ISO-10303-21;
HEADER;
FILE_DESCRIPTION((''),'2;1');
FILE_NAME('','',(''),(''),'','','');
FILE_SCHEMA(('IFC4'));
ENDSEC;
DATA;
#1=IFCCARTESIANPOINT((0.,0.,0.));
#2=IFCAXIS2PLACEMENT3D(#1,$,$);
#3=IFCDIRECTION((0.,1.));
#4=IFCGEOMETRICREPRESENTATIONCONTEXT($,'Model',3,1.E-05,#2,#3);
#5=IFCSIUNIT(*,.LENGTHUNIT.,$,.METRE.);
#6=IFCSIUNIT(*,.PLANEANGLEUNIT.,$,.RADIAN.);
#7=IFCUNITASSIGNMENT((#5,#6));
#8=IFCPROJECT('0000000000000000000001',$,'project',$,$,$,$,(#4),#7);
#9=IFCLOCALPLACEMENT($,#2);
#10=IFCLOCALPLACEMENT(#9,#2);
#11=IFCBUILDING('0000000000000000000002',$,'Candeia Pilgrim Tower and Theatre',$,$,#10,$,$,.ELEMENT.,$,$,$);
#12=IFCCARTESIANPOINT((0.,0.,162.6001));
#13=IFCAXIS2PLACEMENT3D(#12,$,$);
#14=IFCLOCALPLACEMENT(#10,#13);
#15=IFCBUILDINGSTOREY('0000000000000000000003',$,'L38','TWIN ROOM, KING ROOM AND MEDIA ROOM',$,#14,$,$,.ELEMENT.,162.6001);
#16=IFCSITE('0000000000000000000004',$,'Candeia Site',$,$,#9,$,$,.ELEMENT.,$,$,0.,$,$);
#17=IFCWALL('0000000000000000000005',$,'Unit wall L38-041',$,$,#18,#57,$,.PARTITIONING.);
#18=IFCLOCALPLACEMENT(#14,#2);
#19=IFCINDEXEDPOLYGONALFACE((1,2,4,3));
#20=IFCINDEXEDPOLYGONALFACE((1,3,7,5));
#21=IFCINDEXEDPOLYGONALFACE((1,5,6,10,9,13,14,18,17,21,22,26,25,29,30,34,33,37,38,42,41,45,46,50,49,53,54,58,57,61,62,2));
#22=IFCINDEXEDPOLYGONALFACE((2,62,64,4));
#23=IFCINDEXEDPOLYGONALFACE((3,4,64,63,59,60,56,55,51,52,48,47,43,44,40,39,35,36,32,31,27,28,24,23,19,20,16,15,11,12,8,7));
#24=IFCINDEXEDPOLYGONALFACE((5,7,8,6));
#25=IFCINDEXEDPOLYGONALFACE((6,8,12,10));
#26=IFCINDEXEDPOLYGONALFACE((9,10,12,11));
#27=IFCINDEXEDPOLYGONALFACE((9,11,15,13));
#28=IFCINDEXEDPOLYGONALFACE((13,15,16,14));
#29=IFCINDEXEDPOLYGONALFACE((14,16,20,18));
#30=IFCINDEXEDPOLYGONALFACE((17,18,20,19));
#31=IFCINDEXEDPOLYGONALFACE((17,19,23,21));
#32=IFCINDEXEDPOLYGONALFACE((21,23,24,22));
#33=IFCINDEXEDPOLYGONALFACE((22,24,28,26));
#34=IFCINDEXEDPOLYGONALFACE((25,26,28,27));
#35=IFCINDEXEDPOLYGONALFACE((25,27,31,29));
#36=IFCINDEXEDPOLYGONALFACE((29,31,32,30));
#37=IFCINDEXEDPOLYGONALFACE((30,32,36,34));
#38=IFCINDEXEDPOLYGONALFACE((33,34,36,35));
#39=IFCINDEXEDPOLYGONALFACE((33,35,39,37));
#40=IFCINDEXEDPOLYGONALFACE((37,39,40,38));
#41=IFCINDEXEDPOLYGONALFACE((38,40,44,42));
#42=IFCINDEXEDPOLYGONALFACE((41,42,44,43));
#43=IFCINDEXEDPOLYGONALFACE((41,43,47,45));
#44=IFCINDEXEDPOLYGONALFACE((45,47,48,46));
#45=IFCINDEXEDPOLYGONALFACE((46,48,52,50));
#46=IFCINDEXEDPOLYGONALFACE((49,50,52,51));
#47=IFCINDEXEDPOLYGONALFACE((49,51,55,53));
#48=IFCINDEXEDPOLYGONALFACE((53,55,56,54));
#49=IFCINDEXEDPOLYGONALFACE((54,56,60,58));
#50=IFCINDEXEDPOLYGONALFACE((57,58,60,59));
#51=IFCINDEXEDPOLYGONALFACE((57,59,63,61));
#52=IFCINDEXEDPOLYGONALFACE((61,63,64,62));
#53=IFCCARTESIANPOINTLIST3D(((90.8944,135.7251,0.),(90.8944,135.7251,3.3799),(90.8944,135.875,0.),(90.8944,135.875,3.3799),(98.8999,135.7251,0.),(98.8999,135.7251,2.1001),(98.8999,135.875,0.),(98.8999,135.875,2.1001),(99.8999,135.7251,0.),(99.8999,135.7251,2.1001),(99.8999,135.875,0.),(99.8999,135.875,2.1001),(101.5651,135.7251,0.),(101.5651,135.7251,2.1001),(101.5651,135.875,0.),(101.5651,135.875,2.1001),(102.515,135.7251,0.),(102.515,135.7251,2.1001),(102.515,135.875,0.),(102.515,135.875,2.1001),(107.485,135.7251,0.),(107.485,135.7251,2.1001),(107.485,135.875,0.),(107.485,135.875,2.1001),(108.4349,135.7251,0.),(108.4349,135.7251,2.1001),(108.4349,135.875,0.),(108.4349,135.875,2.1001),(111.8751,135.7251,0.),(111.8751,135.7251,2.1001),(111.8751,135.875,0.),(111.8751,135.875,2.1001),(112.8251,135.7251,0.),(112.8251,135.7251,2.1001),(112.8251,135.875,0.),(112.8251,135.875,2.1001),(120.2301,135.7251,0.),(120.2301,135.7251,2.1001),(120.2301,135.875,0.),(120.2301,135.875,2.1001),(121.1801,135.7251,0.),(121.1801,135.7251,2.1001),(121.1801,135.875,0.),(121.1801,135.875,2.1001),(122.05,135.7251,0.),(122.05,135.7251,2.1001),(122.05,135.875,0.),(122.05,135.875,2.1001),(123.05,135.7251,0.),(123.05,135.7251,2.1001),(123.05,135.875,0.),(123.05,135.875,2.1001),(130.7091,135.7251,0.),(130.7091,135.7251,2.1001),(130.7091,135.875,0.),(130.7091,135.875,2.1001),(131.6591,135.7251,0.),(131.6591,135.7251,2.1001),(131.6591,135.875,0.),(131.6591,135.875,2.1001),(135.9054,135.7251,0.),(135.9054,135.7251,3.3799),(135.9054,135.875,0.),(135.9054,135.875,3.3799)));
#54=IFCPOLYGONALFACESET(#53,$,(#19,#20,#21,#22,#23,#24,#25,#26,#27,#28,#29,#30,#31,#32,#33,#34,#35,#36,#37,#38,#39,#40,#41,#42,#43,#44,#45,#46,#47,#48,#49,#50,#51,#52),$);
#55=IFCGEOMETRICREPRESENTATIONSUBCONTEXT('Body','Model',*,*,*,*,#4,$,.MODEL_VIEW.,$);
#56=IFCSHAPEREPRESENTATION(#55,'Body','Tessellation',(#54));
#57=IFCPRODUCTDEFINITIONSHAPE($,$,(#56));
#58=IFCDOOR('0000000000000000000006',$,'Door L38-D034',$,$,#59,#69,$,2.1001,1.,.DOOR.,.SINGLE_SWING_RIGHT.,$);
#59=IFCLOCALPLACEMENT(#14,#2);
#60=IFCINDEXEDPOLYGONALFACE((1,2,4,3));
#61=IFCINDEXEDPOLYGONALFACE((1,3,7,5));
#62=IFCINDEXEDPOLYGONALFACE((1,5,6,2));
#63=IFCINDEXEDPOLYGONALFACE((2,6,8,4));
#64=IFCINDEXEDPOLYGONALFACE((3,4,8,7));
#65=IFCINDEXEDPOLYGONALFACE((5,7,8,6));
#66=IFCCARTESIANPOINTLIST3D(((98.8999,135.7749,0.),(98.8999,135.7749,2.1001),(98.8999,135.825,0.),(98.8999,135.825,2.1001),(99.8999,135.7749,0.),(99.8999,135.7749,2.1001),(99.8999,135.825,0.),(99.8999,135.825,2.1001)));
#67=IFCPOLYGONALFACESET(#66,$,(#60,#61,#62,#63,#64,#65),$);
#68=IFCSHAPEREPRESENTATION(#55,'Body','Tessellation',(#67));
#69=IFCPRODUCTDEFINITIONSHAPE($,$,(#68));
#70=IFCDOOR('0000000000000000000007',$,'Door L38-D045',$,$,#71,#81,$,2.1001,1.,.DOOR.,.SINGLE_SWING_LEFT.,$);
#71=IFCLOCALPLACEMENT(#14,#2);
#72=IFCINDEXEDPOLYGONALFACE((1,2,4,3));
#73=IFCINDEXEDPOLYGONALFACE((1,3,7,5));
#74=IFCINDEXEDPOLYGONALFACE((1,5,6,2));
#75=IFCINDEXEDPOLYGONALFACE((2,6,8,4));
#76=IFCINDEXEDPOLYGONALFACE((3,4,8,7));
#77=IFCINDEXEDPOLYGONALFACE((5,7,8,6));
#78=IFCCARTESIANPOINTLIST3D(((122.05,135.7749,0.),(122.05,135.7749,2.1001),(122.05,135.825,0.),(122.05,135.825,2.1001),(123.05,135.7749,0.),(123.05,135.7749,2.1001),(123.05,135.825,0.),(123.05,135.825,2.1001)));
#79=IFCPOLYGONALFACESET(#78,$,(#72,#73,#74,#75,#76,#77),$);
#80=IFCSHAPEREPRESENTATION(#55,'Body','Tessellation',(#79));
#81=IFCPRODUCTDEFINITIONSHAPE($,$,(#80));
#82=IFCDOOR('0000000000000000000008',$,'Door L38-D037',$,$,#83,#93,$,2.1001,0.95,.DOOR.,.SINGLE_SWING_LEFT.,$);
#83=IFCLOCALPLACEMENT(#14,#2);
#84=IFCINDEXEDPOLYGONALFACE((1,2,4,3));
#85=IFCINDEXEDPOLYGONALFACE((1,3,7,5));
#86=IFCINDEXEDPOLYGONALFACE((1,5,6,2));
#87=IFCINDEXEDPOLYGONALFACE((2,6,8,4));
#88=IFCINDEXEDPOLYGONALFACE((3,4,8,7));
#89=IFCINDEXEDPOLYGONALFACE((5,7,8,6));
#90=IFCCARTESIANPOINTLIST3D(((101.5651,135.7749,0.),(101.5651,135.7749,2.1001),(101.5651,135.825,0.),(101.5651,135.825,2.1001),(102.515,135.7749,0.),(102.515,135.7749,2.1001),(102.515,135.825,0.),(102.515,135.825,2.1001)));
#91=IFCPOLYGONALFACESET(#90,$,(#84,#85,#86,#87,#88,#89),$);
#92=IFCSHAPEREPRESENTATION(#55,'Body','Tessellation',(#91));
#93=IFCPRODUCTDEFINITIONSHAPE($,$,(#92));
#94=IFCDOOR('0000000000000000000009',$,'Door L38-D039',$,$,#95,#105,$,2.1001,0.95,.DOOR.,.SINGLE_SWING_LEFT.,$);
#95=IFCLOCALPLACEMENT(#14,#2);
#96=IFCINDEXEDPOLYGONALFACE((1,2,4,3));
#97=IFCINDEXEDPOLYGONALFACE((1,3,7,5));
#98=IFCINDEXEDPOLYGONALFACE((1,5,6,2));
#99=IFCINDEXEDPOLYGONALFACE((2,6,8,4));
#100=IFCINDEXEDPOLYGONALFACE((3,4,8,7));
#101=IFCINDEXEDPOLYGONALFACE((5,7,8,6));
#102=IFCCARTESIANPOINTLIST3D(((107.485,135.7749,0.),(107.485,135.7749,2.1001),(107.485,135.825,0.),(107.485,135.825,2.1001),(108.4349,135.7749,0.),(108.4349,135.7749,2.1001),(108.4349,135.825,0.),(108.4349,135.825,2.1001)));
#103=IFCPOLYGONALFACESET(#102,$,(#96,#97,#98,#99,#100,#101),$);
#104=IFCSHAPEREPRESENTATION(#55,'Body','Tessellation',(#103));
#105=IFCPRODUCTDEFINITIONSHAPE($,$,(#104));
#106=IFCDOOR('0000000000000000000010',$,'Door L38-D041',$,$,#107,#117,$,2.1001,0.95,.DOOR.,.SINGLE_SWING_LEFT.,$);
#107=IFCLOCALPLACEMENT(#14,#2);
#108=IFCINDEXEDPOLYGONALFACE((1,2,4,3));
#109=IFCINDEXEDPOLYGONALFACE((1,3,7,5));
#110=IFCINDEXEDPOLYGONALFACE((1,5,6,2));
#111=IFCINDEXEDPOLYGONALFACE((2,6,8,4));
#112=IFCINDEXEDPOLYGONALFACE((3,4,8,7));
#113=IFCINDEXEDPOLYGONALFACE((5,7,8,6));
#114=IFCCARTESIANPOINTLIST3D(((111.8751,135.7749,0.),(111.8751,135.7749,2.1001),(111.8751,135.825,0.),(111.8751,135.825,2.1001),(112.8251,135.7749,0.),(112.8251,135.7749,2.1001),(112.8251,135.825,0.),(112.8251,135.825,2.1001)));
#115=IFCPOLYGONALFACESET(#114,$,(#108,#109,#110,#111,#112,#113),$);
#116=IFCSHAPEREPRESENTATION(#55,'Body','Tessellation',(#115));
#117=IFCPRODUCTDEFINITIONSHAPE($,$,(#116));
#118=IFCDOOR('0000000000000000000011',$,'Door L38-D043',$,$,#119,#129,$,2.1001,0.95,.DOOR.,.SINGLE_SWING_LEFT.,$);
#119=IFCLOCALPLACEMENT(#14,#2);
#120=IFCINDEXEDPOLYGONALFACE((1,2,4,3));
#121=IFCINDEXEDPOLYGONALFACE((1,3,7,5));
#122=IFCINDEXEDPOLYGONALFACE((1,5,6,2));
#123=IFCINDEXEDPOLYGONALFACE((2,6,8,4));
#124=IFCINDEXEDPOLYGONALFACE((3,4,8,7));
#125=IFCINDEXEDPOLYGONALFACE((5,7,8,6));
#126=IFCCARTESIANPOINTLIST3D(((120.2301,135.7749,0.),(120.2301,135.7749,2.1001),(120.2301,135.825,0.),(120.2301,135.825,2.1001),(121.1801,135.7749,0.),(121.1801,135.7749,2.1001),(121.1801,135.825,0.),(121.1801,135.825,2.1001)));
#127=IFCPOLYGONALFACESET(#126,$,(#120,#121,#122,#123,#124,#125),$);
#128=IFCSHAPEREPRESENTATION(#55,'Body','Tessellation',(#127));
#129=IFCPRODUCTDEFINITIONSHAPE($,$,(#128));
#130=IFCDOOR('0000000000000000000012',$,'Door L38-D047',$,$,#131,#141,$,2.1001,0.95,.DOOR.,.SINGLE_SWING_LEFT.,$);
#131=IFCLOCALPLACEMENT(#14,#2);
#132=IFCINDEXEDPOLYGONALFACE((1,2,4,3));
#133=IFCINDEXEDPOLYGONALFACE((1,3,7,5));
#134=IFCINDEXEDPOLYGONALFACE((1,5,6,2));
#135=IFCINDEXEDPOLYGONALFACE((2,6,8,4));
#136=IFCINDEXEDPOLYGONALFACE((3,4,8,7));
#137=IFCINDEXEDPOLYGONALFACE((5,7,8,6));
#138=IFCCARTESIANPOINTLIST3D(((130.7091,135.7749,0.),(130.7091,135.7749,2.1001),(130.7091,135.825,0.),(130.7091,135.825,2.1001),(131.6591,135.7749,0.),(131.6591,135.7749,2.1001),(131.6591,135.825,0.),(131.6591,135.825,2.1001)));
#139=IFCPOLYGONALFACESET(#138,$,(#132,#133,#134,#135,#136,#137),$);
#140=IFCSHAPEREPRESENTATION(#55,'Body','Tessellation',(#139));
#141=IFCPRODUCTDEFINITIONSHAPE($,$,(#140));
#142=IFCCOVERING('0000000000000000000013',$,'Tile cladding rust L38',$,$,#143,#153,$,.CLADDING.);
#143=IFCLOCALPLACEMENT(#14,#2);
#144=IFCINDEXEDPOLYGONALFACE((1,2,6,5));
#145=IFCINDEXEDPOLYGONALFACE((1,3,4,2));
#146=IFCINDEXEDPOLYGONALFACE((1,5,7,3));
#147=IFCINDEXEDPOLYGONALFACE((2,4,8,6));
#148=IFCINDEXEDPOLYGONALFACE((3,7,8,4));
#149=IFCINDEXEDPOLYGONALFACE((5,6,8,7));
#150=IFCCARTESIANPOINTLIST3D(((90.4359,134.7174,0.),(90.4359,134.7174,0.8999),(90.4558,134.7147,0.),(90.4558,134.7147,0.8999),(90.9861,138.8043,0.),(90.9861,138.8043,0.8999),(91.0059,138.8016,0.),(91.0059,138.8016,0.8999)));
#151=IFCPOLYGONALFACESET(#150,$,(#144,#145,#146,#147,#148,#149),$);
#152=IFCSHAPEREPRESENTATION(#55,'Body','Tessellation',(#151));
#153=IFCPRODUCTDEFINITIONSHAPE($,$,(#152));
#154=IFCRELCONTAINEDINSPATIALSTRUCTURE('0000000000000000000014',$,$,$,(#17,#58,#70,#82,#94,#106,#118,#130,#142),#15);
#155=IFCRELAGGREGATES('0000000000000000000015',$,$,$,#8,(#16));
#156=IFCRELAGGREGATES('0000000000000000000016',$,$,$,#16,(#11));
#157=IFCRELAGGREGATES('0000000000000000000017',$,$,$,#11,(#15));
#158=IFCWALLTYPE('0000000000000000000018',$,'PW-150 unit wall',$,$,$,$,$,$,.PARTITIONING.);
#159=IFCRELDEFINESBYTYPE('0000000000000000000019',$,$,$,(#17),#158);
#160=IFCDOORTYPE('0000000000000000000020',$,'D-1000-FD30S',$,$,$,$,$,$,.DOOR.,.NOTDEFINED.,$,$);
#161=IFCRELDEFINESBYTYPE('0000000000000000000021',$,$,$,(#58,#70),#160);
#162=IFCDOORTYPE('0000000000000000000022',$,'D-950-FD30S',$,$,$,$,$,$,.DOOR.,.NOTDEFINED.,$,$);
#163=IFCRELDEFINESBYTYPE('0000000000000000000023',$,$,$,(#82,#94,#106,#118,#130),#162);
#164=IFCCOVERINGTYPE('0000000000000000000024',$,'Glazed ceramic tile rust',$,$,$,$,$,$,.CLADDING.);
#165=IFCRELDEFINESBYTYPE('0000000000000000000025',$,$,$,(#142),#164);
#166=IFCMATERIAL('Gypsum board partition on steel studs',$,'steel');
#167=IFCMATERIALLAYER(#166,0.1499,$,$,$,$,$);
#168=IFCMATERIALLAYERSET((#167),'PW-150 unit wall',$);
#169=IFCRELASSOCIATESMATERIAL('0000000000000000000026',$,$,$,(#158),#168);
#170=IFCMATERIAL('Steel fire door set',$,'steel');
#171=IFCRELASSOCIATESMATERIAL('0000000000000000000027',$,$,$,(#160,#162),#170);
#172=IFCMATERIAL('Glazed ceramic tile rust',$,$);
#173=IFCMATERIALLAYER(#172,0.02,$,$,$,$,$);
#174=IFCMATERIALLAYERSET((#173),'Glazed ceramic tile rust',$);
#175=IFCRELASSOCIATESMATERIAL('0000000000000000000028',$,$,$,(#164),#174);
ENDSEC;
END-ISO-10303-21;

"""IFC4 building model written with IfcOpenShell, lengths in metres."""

from ifc_helpers import new_model, si_unit, direction, frame, frame_2d, origin, origin_2d, place, context, subcontext, project, spatial, rectangle, extrude, material, layer, layer_set, type_object, element, fill, save


model = new_model("IFC4")

# Units and contexts
model_context = context("Model", 3, precision=1e-05, world=origin(), true_north=direction((0.0, 1.0)))
body_context = subcontext(model_context, "Body", "Model", "MODEL_VIEW")
ifc_project = project(units=[si_unit("LENGTHUNIT", "METRE"), si_unit("PLANEANGLEUNIT", "RADIAN")], contexts=[model_context])

# Site, building, storey
site_placement = place(None, origin())
site = spatial("IfcSite", under=ifc_project, at=site_placement, Name="Candeia Site", CompositionType="ELEMENT", RefElevation=0.0)
building_placement = place(site_placement, origin())
building = spatial("IfcBuilding", under=site, at=building_placement, Name="Candeia Pilgrim Tower and Theatre", CompositionType="ELEMENT")
storey_placement = place(building_placement, frame((0.0, 0.0, 162.6001)))
storey = spatial("IfcBuildingStorey", under=building, at=storey_placement, Name="L38", Description="TWIN ROOM, KING ROOM AND MEDIA ROOM", CompositionType="ELEMENT", Elevation=162.6001)

# Shared definitions
ifc_material_1 = material(Name="Gypsum board partition on steel studs", Category="steel")

# Wall, openings, doors
ifc_layer_1 = layer(ifc_material_1, 0.1499)
ifc_layer_set_1 = layer_set([ifc_layer_1], Name="PW-150 unit wall")
wall_type_1 = type_object("IfcWallType", Name="PW-150 unit wall", PredefinedType="PARTITIONING", material=ifc_layer_set_1)
wall_1_placement = place(storey_placement, frame((90.8945, 135.8, 0.0), z_axis=(0.0, 0.0, 1.0), x_axis=(1.0, 0.0, 0.0)))
wall_1 = element("IfcWall", 1, at=wall_1_placement, inside=storey, type_object=wall_type_1, Name="Unit wall L38-041", PredefinedType="PARTITIONING", context=body_context, shape_type="SweptSolid", body=[
    extrude(rectangle(XDim=45.011, YDim=0.1499, at=frame_2d((22.5054, 0.0))), origin(), (0.0, 0.0, 1.0), 3.3799),
])
opening_1_placement = place(wall_1_placement, frame((8.0054, 0.0, 0.0)))
opening_1 = element("IfcOpeningElement", 2, at=opening_1_placement, cuts=wall_1, PredefinedType="OPENING", context=body_context, shape_type="SweptSolid", body=[
    extrude(rectangle(XDim=1.0, YDim=2.1001, at=frame_2d((0.5, 1.05))), frame((0.0, 0.085, 0.0), z_axis=(0.0, -1.0, 0.0), x_axis=(1.0, 0.0, 0.0)), (0.0, 0.0, 1.0), 0.1699),
])
opening_2_placement = place(wall_1_placement, frame((10.6704, 0.0, 0.0)))
opening_2 = element("IfcOpeningElement", 3, at=opening_2_placement, cuts=wall_1, PredefinedType="OPENING", context=body_context, shape_type="SweptSolid", body=[
    extrude(rectangle(XDim=0.95, YDim=2.1001, at=frame_2d((0.4751, 1.05))), frame((0.0, 0.085, 0.0), z_axis=(0.0, -1.0, 0.0), x_axis=(1.0, 0.0, 0.0)), (0.0, 0.0, 1.0), 0.1699),
])
opening_3_placement = place(wall_1_placement, frame((16.5903, 0.0, 0.0)))
opening_3 = element("IfcOpeningElement", 4, at=opening_3_placement, cuts=wall_1, PredefinedType="OPENING", context=body_context, shape_type="SweptSolid", body=[
    extrude(rectangle(XDim=0.95, YDim=2.1001, at=frame_2d((0.4751, 1.05))), frame((0.0, 0.085, 0.0), z_axis=(0.0, -1.0, 0.0), x_axis=(1.0, 0.0, 0.0)), (0.0, 0.0, 1.0), 0.1699),
])
opening_4_placement = place(wall_1_placement, frame((20.9805, 0.0, 0.0)))
opening_4 = element("IfcOpeningElement", 5, at=opening_4_placement, cuts=wall_1, PredefinedType="OPENING", context=body_context, shape_type="SweptSolid", body=[
    extrude(rectangle(XDim=0.95, YDim=2.1001, at=frame_2d((0.4751, 1.05))), frame((0.0, 0.085, 0.0), z_axis=(0.0, -1.0, 0.0), x_axis=(1.0, 0.0, 0.0)), (0.0, 0.0, 1.0), 0.1699),
])
opening_5_placement = place(wall_1_placement, frame((29.3354, 0.0, 0.0)))
opening_5 = element("IfcOpeningElement", 6, at=opening_5_placement, cuts=wall_1, PredefinedType="OPENING", context=body_context, shape_type="SweptSolid", body=[
    extrude(rectangle(XDim=0.95, YDim=2.1001, at=frame_2d((0.4751, 1.05))), frame((0.0, 0.085, 0.0), z_axis=(0.0, -1.0, 0.0), x_axis=(1.0, 0.0, 0.0)), (0.0, 0.0, 1.0), 0.1699),
])
opening_6_placement = place(wall_1_placement, frame((31.1555, 0.0, 0.0)))
opening_6 = element("IfcOpeningElement", 7, at=opening_6_placement, cuts=wall_1, PredefinedType="OPENING", context=body_context, shape_type="SweptSolid", body=[
    extrude(rectangle(XDim=1.0, YDim=2.1001, at=frame_2d((0.5, 1.05))), frame((0.0, 0.085, 0.0), z_axis=(0.0, -1.0, 0.0), x_axis=(1.0, 0.0, 0.0)), (0.0, 0.0, 1.0), 0.1699),
])
opening_7_placement = place(wall_1_placement, frame((39.8145, 0.0, 0.0)))
opening_7 = element("IfcOpeningElement", 8, at=opening_7_placement, cuts=wall_1, PredefinedType="OPENING", context=body_context, shape_type="SweptSolid", body=[
    extrude(rectangle(XDim=0.95, YDim=2.1001, at=frame_2d((0.4751, 1.05))), frame((0.0, 0.085, 0.0), z_axis=(0.0, -1.0, 0.0), x_axis=(1.0, 0.0, 0.0)), (0.0, 0.0, 1.0), 0.1699),
])
ifc_material_2 = material(Name="Steel fire door set", Category="steel")
door_type_1 = type_object("IfcDoorType", Name="D-1000-FD30S", OperationType="NOTDEFINED", PredefinedType="DOOR", material=ifc_material_2)
door_1_placement = place(opening_1_placement, origin())
door_1 = element("IfcDoor", 9, at=door_1_placement, inside=storey, type_object=door_type_1, Name="Door L38-D034", OperationType="SINGLE_SWING_RIGHT", OverallHeight=2.1001, OverallWidth=1.0, PredefinedType="DOOR", context=body_context, shape_type="SweptSolid", body=[
    extrude(rectangle(XDim=1.0, YDim=2.1001, at=frame_2d((0.5, 1.05))), frame((0.0, 0.0249, 0.0), z_axis=(0.0, -1.0, 0.0), x_axis=(1.0, 0.0, 0.0)), (0.0, 0.0, 1.0), 0.05),
])
fill(opening_1, door_1)
door_2_placement = place(opening_6_placement, origin())
door_2 = element("IfcDoor", 10, at=door_2_placement, inside=storey, type_object=door_type_1, Name="Door L38-D045", OperationType="SINGLE_SWING_LEFT", OverallHeight=2.1001, OverallWidth=1.0, PredefinedType="DOOR", context=body_context, shape_type="SweptSolid", body=[
    extrude(rectangle(XDim=1.0, YDim=2.1001, at=frame_2d((0.5, 1.05))), frame((0.0, 0.0249, 0.0), z_axis=(0.0, -1.0, 0.0), x_axis=(1.0, 0.0, 0.0)), (0.0, 0.0, 1.0), 0.05),
])
fill(opening_6, door_2)
door_type_2 = type_object("IfcDoorType", Name="D-950-FD30S", OperationType="NOTDEFINED", PredefinedType="DOOR", material=ifc_material_2)
door_3_placement = place(opening_2_placement, origin())
door_3 = element("IfcDoor", 11, at=door_3_placement, inside=storey, type_object=door_type_2, Name="Door L38-D037", OperationType="SINGLE_SWING_LEFT", OverallHeight=2.1001, OverallWidth=0.95, PredefinedType="DOOR", context=body_context, shape_type="SweptSolid", body=[
    extrude(rectangle(XDim=0.95, YDim=2.1001, at=frame_2d((0.4751, 1.05))), frame((0.0, 0.0249, 0.0), z_axis=(0.0, -1.0, 0.0), x_axis=(1.0, 0.0, 0.0)), (0.0, 0.0, 1.0), 0.05),
])
fill(opening_2, door_3)
door_4_placement = place(opening_3_placement, origin())
door_4 = element("IfcDoor", 12, at=door_4_placement, inside=storey, type_object=door_type_2, Name="Door L38-D039", OperationType="SINGLE_SWING_LEFT", OverallHeight=2.1001, OverallWidth=0.95, PredefinedType="DOOR", context=body_context, shape_type="SweptSolid", body=[
    extrude(rectangle(XDim=0.95, YDim=2.1001, at=frame_2d((0.4751, 1.05))), frame((0.0, 0.0249, 0.0), z_axis=(0.0, -1.0, 0.0), x_axis=(1.0, 0.0, 0.0)), (0.0, 0.0, 1.0), 0.05),
])
fill(opening_3, door_4)
door_5_placement = place(opening_4_placement, origin())
door_5 = element("IfcDoor", 13, at=door_5_placement, inside=storey, type_object=door_type_2, Name="Door L38-D041", OperationType="SINGLE_SWING_LEFT", OverallHeight=2.1001, OverallWidth=0.95, PredefinedType="DOOR", context=body_context, shape_type="SweptSolid", body=[
    extrude(rectangle(XDim=0.95, YDim=2.1001, at=frame_2d((0.4751, 1.05))), frame((0.0, 0.0249, 0.0), z_axis=(0.0, -1.0, 0.0), x_axis=(1.0, 0.0, 0.0)), (0.0, 0.0, 1.0), 0.05),
])
fill(opening_4, door_5)
door_6_placement = place(opening_5_placement, origin())
door_6 = element("IfcDoor", 14, at=door_6_placement, inside=storey, type_object=door_type_2, Name="Door L38-D043", OperationType="SINGLE_SWING_LEFT", OverallHeight=2.1001, OverallWidth=0.95, PredefinedType="DOOR", context=body_context, shape_type="SweptSolid", body=[
    extrude(rectangle(XDim=0.95, YDim=2.1001, at=frame_2d((0.4751, 1.05))), frame((0.0, 0.0249, 0.0), z_axis=(0.0, -1.0, 0.0), x_axis=(1.0, 0.0, 0.0)), (0.0, 0.0, 1.0), 0.05),
])
fill(opening_5, door_6)
door_7_placement = place(opening_7_placement, origin())
door_7 = element("IfcDoor", 15, at=door_7_placement, inside=storey, type_object=door_type_2, Name="Door L38-D047", OperationType="SINGLE_SWING_LEFT", OverallHeight=2.1001, OverallWidth=0.95, PredefinedType="DOOR", context=body_context, shape_type="SweptSolid", body=[
    extrude(rectangle(XDim=0.95, YDim=2.1001, at=frame_2d((0.4751, 1.05))), frame((0.0, 0.0249, 0.0), z_axis=(0.0, -1.0, 0.0), x_axis=(1.0, 0.0, 0.0)), (0.0, 0.0, 1.0), 0.05),
])
fill(opening_7, door_7)

# Covering
ifc_material_3 = material(Name="Glazed ceramic tile rust")
ifc_layer_2 = layer(ifc_material_3, 0.02)
ifc_layer_set_2 = layer_set([ifc_layer_2], Name="Glazed ceramic tile rust")
covering_type = type_object("IfcCoveringType", Name="Glazed ceramic tile rust", PredefinedType="CLADDING", material=ifc_layer_set_2)
covering_placement = place(storey_placement, frame((90.7209, 136.7595, 0.0), z_axis=(0.0, 0.0, 1.0), x_axis=(-0.133412, -0.991061, 0.0)))
element("IfcCovering", 16, at=covering_placement, inside=storey, type_object=covering_type, Name="Tile cladding rust L38", PredefinedType="CLADDING", context=body_context, shape_type="SweptSolid", body=[
    extrude(rectangle(XDim=4.1238, YDim=0.02, at=origin_2d()), origin(), (0.0, 0.0, 1.0), 0.8999),
])

save(model, "model.ifc")
